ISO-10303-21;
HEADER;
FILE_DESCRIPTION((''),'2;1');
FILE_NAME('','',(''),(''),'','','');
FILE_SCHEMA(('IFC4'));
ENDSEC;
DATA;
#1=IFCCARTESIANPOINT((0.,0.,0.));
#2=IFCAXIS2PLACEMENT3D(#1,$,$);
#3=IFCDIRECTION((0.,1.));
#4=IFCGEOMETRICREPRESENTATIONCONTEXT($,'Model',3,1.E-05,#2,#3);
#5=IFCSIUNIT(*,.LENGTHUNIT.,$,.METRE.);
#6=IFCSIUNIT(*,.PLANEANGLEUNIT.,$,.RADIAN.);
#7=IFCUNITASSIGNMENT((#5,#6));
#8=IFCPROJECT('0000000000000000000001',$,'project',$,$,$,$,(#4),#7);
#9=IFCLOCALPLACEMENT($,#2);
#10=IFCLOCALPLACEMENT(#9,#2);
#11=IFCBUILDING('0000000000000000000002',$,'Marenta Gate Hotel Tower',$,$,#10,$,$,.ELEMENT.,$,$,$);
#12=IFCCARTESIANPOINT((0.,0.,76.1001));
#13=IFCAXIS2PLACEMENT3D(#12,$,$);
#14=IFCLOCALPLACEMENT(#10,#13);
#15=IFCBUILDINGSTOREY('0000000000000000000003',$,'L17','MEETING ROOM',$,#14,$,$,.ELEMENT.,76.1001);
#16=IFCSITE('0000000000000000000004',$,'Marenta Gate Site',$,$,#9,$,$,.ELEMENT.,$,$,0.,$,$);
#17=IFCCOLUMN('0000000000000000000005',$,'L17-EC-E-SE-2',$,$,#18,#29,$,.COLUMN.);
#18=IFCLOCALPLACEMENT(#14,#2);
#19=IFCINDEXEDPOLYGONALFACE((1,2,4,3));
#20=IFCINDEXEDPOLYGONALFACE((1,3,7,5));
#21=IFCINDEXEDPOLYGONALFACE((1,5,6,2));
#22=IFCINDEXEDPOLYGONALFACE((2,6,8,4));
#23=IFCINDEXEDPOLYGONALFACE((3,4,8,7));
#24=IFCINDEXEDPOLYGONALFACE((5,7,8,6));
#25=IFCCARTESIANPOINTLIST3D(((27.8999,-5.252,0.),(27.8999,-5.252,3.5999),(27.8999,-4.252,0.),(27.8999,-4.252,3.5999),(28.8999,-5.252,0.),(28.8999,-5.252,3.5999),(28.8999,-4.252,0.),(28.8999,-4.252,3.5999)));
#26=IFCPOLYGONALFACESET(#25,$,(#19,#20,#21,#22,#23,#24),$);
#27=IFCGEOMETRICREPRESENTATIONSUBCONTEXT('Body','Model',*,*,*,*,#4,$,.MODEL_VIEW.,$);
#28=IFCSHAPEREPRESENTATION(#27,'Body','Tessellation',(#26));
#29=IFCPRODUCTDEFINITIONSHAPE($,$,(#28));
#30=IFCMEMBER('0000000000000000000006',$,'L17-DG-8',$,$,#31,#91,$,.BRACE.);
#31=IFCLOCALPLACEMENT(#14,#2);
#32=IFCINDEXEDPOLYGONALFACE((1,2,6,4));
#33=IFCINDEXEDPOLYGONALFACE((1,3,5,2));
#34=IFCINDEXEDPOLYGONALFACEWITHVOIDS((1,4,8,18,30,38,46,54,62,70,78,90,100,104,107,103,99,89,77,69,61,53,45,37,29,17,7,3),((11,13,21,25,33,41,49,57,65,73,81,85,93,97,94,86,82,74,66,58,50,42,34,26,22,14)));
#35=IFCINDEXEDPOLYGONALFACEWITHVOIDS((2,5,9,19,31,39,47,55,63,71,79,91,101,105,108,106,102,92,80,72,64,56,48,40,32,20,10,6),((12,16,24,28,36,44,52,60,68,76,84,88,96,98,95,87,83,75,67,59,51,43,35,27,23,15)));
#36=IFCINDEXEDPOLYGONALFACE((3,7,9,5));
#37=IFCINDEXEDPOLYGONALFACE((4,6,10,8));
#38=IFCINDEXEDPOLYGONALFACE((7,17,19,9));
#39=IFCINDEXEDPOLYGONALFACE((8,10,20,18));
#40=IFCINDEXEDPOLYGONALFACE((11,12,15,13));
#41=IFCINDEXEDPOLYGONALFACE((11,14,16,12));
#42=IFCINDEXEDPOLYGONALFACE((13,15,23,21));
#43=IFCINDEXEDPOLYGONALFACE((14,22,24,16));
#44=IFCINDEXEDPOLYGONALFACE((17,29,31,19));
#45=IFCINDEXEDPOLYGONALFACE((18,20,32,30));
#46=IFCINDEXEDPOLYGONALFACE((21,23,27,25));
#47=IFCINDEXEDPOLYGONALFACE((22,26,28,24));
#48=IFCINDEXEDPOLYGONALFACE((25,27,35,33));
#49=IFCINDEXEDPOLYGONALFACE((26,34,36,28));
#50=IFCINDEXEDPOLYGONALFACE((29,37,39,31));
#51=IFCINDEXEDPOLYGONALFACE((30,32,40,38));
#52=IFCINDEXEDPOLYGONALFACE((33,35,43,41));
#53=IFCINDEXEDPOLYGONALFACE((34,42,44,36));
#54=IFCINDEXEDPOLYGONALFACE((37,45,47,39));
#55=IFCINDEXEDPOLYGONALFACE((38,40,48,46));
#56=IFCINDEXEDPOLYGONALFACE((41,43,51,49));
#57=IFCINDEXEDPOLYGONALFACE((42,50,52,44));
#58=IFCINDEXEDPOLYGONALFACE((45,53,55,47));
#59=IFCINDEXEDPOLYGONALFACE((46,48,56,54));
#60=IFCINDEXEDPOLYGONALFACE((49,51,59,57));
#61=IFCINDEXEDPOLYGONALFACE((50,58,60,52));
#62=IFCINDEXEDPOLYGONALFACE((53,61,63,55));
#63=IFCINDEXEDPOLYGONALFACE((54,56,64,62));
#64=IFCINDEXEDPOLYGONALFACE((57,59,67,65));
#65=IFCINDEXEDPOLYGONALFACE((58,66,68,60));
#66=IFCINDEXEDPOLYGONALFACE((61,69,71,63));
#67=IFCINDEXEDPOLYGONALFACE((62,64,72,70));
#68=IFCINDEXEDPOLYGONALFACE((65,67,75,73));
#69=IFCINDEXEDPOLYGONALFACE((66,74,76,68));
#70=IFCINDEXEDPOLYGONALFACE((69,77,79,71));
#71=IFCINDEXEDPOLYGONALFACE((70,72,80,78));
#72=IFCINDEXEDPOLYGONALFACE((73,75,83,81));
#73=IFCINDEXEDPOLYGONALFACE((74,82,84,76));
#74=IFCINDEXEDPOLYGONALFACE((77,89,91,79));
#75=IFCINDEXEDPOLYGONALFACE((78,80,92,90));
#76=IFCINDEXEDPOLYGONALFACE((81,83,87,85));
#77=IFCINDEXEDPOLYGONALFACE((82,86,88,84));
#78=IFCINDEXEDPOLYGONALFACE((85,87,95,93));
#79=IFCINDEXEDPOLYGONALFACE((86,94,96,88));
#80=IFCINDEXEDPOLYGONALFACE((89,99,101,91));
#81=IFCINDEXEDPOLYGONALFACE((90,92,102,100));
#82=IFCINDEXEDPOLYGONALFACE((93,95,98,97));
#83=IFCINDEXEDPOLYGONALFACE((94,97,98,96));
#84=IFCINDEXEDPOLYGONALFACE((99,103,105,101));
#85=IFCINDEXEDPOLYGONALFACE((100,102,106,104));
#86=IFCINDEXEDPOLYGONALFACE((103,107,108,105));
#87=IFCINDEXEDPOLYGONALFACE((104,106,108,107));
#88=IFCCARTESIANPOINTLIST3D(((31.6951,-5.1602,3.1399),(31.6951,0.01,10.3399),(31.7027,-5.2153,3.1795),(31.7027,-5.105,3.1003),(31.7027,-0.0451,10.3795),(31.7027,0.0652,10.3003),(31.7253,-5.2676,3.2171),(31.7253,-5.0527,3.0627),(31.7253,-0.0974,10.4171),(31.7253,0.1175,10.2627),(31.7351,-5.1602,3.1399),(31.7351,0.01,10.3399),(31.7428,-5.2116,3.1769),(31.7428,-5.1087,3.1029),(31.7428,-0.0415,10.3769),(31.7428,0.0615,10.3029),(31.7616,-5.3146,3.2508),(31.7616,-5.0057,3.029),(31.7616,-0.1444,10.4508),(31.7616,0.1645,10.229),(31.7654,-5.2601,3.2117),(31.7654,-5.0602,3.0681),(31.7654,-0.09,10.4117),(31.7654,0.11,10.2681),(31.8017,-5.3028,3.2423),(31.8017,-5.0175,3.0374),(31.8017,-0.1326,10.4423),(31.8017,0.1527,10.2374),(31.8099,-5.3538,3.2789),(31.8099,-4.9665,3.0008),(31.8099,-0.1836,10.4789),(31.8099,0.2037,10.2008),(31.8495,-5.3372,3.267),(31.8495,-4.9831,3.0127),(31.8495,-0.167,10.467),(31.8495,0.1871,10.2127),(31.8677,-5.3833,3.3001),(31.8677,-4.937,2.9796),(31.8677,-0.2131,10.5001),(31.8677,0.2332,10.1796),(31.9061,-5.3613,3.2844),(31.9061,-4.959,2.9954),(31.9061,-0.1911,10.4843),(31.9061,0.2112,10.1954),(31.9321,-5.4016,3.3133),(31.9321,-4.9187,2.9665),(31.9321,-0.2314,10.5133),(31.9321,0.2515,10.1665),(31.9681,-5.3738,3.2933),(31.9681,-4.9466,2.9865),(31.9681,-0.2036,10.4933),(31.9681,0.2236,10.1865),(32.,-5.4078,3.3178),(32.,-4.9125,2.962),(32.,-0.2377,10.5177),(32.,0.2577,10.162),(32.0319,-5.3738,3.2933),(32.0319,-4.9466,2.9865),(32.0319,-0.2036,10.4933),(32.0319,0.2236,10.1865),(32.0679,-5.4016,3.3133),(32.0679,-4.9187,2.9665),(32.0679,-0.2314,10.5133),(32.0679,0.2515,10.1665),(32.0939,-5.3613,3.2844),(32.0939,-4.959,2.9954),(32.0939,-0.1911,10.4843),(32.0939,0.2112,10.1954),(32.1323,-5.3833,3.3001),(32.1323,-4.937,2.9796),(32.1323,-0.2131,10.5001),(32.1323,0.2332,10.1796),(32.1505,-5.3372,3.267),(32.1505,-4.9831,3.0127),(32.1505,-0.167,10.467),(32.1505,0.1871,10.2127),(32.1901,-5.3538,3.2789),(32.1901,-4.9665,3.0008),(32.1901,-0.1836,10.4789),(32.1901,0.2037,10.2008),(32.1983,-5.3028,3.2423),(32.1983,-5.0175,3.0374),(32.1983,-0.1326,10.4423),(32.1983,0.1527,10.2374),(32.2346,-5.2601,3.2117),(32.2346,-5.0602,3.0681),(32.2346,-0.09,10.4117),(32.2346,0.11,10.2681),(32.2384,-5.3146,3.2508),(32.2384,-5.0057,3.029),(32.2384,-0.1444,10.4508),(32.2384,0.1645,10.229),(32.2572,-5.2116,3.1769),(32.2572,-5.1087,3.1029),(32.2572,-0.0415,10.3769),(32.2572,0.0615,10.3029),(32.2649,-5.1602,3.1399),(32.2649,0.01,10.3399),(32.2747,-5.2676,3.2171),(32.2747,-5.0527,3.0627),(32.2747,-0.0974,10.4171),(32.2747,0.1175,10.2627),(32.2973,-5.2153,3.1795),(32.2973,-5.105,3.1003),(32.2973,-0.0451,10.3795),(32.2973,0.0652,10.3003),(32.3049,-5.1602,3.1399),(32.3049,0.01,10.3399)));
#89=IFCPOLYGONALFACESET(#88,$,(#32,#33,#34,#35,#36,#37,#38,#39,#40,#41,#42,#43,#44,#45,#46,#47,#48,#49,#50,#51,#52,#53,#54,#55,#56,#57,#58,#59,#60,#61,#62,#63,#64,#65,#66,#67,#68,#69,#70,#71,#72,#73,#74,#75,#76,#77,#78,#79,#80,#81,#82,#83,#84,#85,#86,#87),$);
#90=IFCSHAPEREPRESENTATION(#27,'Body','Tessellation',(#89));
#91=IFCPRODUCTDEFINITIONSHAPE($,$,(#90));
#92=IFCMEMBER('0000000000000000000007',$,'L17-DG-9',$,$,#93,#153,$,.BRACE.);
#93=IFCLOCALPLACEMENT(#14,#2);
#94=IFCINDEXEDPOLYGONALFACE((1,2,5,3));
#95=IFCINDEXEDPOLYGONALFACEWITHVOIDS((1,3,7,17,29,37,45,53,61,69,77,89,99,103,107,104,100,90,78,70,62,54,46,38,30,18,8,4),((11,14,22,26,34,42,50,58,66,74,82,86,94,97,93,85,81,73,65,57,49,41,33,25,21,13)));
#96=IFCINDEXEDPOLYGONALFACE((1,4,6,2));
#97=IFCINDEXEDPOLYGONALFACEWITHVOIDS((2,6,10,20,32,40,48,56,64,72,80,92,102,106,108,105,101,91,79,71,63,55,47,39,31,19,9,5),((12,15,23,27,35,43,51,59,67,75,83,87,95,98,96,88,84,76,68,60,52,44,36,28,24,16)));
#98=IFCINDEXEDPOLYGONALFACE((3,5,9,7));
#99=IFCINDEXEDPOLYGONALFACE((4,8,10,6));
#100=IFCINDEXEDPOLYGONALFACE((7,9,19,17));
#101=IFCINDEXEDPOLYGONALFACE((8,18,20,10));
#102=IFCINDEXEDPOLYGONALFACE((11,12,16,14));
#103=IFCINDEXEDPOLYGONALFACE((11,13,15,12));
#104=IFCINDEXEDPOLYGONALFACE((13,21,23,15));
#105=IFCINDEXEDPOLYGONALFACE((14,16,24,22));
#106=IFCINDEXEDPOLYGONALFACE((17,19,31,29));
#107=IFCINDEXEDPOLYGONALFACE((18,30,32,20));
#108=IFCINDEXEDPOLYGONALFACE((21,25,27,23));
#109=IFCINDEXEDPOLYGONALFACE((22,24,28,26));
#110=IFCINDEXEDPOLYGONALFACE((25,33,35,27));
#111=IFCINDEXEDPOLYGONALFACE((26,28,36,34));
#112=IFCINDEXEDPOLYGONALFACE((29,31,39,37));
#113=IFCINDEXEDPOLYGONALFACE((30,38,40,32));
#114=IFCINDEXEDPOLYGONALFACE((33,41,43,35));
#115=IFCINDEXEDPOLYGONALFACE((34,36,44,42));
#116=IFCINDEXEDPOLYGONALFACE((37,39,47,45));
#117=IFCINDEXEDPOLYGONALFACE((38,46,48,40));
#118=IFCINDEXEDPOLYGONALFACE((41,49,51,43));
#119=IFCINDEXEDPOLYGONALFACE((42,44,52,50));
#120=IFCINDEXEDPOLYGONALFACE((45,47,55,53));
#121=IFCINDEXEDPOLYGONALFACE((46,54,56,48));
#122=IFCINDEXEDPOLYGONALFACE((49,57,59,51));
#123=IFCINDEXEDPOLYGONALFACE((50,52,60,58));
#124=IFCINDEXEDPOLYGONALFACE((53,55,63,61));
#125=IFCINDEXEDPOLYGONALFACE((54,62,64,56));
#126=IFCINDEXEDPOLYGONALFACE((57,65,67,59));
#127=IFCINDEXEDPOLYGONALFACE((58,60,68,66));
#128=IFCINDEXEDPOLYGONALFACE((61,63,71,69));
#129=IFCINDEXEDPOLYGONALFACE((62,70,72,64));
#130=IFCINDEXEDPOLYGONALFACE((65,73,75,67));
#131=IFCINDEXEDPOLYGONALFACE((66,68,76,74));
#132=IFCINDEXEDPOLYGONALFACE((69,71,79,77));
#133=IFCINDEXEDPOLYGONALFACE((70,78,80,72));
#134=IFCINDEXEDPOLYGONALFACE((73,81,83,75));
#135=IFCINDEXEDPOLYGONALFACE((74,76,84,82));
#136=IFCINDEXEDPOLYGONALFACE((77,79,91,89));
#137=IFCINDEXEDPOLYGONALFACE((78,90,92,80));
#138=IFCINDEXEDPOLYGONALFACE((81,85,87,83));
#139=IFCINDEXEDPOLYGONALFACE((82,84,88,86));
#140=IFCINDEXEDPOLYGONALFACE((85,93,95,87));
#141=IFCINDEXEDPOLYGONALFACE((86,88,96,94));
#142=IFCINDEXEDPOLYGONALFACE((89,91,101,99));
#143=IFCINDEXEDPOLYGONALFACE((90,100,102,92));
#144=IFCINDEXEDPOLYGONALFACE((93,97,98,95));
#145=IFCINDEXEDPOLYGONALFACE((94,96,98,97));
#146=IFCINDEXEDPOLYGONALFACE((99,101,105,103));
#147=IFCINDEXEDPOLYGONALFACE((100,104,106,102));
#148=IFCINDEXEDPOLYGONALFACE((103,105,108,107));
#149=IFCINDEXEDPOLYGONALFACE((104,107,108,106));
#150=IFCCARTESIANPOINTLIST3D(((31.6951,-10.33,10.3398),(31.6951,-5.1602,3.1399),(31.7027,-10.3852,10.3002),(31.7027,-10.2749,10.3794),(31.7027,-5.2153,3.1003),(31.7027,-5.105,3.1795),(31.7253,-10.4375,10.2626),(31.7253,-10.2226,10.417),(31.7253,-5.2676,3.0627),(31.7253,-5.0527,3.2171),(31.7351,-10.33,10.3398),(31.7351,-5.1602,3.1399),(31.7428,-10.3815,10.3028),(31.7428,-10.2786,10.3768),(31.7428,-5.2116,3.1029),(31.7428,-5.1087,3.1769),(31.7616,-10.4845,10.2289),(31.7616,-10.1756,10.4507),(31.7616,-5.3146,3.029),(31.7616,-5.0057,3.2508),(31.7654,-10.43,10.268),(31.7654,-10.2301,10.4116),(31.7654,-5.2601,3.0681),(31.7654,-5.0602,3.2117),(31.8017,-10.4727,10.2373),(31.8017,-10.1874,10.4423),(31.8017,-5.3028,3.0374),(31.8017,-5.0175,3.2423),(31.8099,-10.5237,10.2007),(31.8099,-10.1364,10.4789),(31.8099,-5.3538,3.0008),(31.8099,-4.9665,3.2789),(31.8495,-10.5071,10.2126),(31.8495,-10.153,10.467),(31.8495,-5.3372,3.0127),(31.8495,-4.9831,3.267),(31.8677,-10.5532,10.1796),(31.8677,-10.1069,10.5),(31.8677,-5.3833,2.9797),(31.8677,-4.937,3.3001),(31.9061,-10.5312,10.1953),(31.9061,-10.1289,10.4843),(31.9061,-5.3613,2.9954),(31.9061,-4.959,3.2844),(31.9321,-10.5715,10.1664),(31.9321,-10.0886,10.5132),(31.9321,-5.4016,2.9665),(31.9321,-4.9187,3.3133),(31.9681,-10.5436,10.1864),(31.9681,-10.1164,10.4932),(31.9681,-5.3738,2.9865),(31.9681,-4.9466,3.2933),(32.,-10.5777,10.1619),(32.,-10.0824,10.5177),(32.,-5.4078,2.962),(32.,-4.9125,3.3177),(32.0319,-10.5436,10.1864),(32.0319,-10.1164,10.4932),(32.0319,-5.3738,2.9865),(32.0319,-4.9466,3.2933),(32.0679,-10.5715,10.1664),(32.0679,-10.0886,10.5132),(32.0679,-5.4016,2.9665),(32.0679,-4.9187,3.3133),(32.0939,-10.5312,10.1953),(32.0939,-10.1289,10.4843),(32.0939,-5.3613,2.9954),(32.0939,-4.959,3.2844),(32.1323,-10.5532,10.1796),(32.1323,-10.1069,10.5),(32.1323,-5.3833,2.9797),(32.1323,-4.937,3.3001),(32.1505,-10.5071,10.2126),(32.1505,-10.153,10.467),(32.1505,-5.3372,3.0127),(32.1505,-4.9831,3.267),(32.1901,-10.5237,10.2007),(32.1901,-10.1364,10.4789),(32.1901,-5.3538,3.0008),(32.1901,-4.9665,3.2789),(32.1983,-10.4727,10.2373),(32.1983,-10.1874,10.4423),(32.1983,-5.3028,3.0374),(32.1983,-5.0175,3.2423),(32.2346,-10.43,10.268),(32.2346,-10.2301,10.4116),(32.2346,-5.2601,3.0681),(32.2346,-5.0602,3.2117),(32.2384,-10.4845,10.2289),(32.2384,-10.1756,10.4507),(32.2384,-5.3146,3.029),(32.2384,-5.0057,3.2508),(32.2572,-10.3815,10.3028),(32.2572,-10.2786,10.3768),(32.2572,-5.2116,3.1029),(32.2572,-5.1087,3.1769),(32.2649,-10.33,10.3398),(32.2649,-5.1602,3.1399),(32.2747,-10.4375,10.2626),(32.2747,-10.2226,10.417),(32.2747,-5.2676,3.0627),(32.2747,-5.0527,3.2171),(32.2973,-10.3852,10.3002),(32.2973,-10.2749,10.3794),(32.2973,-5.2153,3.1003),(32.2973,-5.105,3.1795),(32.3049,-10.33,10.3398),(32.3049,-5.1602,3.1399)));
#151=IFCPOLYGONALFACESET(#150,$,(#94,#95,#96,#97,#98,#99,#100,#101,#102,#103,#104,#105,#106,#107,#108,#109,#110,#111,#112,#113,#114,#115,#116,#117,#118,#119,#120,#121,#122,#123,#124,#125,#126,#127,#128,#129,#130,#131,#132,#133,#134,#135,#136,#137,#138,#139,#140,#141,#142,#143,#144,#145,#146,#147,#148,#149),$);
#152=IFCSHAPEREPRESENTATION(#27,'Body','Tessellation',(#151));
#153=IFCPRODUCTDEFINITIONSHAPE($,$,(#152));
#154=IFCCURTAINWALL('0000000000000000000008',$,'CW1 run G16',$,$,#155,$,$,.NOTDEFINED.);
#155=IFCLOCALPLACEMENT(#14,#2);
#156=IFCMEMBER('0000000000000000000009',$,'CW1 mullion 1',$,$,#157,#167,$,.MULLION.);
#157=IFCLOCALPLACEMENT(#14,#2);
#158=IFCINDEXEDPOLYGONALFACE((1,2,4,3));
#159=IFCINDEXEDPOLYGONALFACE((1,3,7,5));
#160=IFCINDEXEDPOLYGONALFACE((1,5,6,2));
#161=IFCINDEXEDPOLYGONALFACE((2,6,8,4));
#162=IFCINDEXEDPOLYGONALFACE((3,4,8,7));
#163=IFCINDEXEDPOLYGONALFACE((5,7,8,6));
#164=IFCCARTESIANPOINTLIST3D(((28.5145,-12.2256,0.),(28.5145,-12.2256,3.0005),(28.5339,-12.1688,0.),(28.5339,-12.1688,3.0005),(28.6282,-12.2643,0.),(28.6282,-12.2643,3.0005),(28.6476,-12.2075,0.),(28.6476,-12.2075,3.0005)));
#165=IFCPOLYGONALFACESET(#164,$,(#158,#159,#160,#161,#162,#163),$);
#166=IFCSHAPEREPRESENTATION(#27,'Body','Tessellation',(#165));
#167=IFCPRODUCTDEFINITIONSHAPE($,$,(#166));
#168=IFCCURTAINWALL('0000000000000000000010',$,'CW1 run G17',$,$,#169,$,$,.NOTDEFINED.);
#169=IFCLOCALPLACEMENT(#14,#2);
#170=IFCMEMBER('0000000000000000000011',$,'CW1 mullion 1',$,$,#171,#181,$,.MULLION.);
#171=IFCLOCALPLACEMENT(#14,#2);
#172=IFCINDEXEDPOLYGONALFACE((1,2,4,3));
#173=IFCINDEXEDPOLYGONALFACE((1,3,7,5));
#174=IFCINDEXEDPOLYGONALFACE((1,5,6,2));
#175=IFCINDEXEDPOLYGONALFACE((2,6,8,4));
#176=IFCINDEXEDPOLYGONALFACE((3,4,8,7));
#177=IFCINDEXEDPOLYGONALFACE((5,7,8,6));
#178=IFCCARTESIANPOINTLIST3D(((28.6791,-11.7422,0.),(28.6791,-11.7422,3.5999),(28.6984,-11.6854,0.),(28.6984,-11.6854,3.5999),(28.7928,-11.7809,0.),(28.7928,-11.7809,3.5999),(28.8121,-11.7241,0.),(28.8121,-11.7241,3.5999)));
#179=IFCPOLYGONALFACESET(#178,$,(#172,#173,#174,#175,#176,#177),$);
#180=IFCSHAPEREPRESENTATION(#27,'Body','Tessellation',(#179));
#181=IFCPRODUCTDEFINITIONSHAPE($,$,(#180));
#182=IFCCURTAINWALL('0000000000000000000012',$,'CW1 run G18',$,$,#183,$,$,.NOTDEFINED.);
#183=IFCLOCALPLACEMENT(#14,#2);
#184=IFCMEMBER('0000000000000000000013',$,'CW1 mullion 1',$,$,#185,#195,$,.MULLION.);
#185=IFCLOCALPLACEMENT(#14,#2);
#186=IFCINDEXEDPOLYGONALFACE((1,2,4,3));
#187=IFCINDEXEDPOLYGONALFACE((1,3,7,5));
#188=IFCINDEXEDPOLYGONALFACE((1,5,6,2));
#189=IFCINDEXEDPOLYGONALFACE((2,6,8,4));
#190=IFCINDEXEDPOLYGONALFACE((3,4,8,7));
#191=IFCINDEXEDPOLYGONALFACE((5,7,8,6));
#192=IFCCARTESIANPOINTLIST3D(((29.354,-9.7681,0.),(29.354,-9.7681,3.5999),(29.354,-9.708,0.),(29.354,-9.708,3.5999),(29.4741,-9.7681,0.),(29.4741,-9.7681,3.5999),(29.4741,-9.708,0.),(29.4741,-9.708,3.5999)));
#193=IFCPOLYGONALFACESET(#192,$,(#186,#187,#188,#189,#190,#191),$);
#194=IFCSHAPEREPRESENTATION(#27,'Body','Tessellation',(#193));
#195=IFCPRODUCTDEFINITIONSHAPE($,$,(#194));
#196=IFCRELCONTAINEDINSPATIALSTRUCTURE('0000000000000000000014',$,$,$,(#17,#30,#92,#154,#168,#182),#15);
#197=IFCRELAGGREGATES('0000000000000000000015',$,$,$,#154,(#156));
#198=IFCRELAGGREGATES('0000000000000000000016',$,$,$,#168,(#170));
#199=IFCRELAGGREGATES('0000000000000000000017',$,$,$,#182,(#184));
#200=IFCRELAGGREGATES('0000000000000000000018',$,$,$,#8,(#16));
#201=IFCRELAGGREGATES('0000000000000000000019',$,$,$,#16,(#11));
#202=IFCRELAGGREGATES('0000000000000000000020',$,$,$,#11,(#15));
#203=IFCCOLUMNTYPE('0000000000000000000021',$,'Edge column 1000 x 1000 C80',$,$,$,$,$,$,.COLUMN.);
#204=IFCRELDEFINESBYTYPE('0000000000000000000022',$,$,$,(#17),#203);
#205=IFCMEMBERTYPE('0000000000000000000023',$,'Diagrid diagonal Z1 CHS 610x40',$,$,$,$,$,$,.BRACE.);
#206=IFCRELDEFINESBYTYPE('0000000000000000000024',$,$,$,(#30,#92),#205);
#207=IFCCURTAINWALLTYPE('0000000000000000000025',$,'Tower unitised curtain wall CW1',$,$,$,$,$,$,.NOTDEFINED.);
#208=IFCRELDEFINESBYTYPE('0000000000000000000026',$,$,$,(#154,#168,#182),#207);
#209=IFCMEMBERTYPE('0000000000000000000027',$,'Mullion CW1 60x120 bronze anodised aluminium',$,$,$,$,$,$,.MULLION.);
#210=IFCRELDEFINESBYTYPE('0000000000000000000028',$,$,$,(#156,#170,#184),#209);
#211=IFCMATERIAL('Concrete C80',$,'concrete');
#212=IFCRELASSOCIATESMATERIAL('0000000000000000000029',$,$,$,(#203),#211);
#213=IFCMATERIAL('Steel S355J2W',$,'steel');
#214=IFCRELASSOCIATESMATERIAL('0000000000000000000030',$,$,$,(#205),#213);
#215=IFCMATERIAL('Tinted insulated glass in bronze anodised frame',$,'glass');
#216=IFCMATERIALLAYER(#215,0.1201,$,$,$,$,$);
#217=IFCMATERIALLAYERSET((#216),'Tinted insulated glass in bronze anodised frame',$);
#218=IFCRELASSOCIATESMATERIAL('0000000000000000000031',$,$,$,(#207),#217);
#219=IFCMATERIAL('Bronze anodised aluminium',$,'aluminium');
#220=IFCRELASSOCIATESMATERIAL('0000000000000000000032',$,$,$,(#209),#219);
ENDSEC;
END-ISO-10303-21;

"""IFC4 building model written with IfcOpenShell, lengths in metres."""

from ifc_helpers import new_model, si_unit, direction, frame, origin, origin_2d, place, context, subcontext, project, spatial, rectangle, hollow_circle, extrude, material, layer, layer_set, material_profile, profile_set, type_object, element, aggregate, save


model = new_model("IFC4")

# Units and contexts
model_context = context("Model", 3, precision=1e-05, world=origin(), true_north=direction((0.0, 1.0)))
body_context = subcontext(model_context, "Body", "Model", "MODEL_VIEW")
ifc_project = project(units=[si_unit("LENGTHUNIT", "METRE"), si_unit("PLANEANGLEUNIT", "RADIAN")], contexts=[model_context])

# Site, building, storey
site_placement = place(None, origin())
site = spatial("IfcSite", under=ifc_project, at=site_placement, Name="Marenta Gate Site", CompositionType="ELEMENT", RefElevation=0.0)
building_placement = place(site_placement, origin())
building = spatial("IfcBuilding", under=site, at=building_placement, Name="Marenta Gate Hotel Tower", CompositionType="ELEMENT")
storey_placement = place(building_placement, frame((0.0, 0.0, 76.1001)))
storey = spatial("IfcBuildingStorey", under=building, at=storey_placement, Name="L17", Description="MEETING ROOM", CompositionType="ELEMENT", Elevation=76.1001)

# Column
ifc_material_1 = material(Name="Concrete C80", Category="concrete")
ifc_material_profile_1 = material_profile(ifc_material_1, rectangle(XDim=1.0, YDim=1.0, at=origin_2d()), Name="1000 x 1000")
ifc_profile_set_1 = profile_set([ifc_material_profile_1], Name="Concrete C80")
column_type = type_object("IfcColumnType", Name="Edge column 1000 x 1000 C80", PredefinedType="COLUMN", material=ifc_profile_set_1)
column_placement = place(storey_placement, frame((28.3999, -4.752, 0.0), z_axis=(0.0, 0.0, 1.0), x_axis=(1.0, 0.0, 0.0)))
element("IfcColumn", 1, at=column_placement, inside=storey, type_object=column_type, Name="L17-EC-E-SE-2", PredefinedType="COLUMN", context=body_context, shape_type="SweptSolid", body=[
    extrude(rectangle(XDim=1.0, YDim=1.0, at=origin_2d()), origin(), (0.0, 0.0, 1.0), 3.5999),
])

# Members
ifc_material_2 = material(Name="Steel S355J2W", Category="steel")
ifc_material_profile_2 = material_profile(ifc_material_2, hollow_circle(Radius=0.3049, WallThickness=0.04, at=origin_2d()), Name="CHS 610x40")
ifc_profile_set_2 = profile_set([ifc_material_profile_2], Name="Steel S355J2W")
member_type_1 = type_object("IfcMemberType", Name="Diagrid diagonal Z1 CHS 610x40", PredefinedType="BRACE", material=ifc_profile_set_2)
member_1_placement = place(storey_placement, frame((32.0, -5.1602, 3.1399), z_axis=(0.0, 0.583279, 0.812272), x_axis=(-1.0, 0.0, 0.0)))
element("IfcMember", 2, at=member_1_placement, inside=storey, type_object=member_type_1, Name="L17-DG-8", PredefinedType="BRACE", context=body_context, shape_type="SweptSolid", body=[
    extrude(hollow_circle(Radius=0.3049, WallThickness=0.04, at=origin_2d()), origin(), (0.0, 0.0, 1.0), 8.864),
])
member_2_placement = place(storey_placement, frame((32.0, -5.1602, 3.1399), z_axis=(0.0, -0.583261, 0.812285), x_axis=(1.0, 0.0, 0.0)))
element("IfcMember", 3, at=member_2_placement, inside=storey, type_object=member_type_1, Name="L17-DG-9", PredefinedType="BRACE", context=body_context, shape_type="SweptSolid", body=[
    extrude(hollow_circle(Radius=0.3049, WallThickness=0.04, at=origin_2d()), origin(), (0.0, 0.0, 1.0), 8.8638),
])

# Curtain walls, members
ifc_material_3 = material(Name="Tinted insulated glass in bronze anodised frame", Category="glass")
ifc_layer_1 = layer(ifc_material_3, 0.1201)
ifc_layer_set_1 = layer_set([ifc_layer_1], Name="Tinted insulated glass in bronze anodised frame")
curtain_wall_type = type_object("IfcCurtainWallType", Name="Tower unitised curtain wall CW1", PredefinedType="NOTDEFINED", material=ifc_layer_set_1)
curtain_wall_1_placement = place(storey_placement, origin())
curtain_wall_1 = element("IfcCurtainWall", 4, at=curtain_wall_1_placement, inside=storey, type_object=curtain_wall_type, Name="CW1 run G16", PredefinedType="NOTDEFINED")
ifc_material_4 = material(Name="Bronze anodised aluminium", Category="aluminium")
ifc_material_profile_3 = material_profile(ifc_material_4, rectangle(XDim=0.1201, YDim=0.0601, at=origin_2d()), Name="Mullion CW1 60x120 bronze anodised aluminium")
ifc_profile_set_3 = profile_set([ifc_material_profile_3], Name="Bronze anodised aluminium")
member_type_2 = type_object("IfcMemberType", Name="Mullion CW1 60x120 bronze anodised aluminium", PredefinedType="MULLION", material=ifc_profile_set_3)
member_3_placement = place(storey_placement, frame((28.5811, -12.2166, 0.0), z_axis=(0.0, 0.0, 1.0), x_axis=(-0.946746, 0.32198, 0.0)))
member_3 = element("IfcMember", 5, at=member_3_placement, type_object=member_type_2, Name="CW1 mullion 1", PredefinedType="MULLION", context=body_context, shape_type="SweptSolid", body=[
    extrude(rectangle(XDim=0.1201, YDim=0.0601, at=origin_2d()), origin(), (0.0, 0.0, 1.0), 3.0005),
])
curtain_wall_2_placement = place(storey_placement, origin())
curtain_wall_2 = element("IfcCurtainWall", 6, at=curtain_wall_2_placement, inside=storey, type_object=curtain_wall_type, Name="CW1 run G17", PredefinedType="NOTDEFINED")
member_4_placement = place(storey_placement, frame((28.7456, -11.7332, 0.0), z_axis=(0.0, 0.0, 1.0), x_axis=(-0.946728, 0.322035, 0.0)))
member_4 = element("IfcMember", 7, at=member_4_placement, type_object=member_type_2, Name="CW1 mullion 1", PredefinedType="MULLION", context=body_context, shape_type="SweptSolid", body=[
    extrude(rectangle(XDim=0.1201, YDim=0.0601, at=origin_2d()), origin(), (0.0, 0.0, 1.0), 3.5999),
])

# Curtain wall, member
curtain_wall_3_placement = place(storey_placement, origin())
curtain_wall_3 = element("IfcCurtainWall", 8, at=curtain_wall_3_placement, inside=storey, type_object=curtain_wall_type, Name="CW1 run G18", PredefinedType="NOTDEFINED")
member_5_placement = place(storey_placement, frame((29.4141, -9.738, 0.0), z_axis=(0.0, 0.0, 1.0), x_axis=(-1.0, 0.0, 0.0)))
member_5 = element("IfcMember", 9, at=member_5_placement, type_object=member_type_2, Name="CW1 mullion 1", PredefinedType="MULLION", context=body_context, shape_type="SweptSolid", body=[
    extrude(rectangle(XDim=0.1201, YDim=0.0601, at=origin_2d()), origin(), (0.0, 0.0, 1.0), 3.5999),
])

aggregate(curtain_wall_1, [member_3])
aggregate(curtain_wall_2, [member_4])
aggregate(curtain_wall_3, [member_5])

save(model, "model.ifc")
